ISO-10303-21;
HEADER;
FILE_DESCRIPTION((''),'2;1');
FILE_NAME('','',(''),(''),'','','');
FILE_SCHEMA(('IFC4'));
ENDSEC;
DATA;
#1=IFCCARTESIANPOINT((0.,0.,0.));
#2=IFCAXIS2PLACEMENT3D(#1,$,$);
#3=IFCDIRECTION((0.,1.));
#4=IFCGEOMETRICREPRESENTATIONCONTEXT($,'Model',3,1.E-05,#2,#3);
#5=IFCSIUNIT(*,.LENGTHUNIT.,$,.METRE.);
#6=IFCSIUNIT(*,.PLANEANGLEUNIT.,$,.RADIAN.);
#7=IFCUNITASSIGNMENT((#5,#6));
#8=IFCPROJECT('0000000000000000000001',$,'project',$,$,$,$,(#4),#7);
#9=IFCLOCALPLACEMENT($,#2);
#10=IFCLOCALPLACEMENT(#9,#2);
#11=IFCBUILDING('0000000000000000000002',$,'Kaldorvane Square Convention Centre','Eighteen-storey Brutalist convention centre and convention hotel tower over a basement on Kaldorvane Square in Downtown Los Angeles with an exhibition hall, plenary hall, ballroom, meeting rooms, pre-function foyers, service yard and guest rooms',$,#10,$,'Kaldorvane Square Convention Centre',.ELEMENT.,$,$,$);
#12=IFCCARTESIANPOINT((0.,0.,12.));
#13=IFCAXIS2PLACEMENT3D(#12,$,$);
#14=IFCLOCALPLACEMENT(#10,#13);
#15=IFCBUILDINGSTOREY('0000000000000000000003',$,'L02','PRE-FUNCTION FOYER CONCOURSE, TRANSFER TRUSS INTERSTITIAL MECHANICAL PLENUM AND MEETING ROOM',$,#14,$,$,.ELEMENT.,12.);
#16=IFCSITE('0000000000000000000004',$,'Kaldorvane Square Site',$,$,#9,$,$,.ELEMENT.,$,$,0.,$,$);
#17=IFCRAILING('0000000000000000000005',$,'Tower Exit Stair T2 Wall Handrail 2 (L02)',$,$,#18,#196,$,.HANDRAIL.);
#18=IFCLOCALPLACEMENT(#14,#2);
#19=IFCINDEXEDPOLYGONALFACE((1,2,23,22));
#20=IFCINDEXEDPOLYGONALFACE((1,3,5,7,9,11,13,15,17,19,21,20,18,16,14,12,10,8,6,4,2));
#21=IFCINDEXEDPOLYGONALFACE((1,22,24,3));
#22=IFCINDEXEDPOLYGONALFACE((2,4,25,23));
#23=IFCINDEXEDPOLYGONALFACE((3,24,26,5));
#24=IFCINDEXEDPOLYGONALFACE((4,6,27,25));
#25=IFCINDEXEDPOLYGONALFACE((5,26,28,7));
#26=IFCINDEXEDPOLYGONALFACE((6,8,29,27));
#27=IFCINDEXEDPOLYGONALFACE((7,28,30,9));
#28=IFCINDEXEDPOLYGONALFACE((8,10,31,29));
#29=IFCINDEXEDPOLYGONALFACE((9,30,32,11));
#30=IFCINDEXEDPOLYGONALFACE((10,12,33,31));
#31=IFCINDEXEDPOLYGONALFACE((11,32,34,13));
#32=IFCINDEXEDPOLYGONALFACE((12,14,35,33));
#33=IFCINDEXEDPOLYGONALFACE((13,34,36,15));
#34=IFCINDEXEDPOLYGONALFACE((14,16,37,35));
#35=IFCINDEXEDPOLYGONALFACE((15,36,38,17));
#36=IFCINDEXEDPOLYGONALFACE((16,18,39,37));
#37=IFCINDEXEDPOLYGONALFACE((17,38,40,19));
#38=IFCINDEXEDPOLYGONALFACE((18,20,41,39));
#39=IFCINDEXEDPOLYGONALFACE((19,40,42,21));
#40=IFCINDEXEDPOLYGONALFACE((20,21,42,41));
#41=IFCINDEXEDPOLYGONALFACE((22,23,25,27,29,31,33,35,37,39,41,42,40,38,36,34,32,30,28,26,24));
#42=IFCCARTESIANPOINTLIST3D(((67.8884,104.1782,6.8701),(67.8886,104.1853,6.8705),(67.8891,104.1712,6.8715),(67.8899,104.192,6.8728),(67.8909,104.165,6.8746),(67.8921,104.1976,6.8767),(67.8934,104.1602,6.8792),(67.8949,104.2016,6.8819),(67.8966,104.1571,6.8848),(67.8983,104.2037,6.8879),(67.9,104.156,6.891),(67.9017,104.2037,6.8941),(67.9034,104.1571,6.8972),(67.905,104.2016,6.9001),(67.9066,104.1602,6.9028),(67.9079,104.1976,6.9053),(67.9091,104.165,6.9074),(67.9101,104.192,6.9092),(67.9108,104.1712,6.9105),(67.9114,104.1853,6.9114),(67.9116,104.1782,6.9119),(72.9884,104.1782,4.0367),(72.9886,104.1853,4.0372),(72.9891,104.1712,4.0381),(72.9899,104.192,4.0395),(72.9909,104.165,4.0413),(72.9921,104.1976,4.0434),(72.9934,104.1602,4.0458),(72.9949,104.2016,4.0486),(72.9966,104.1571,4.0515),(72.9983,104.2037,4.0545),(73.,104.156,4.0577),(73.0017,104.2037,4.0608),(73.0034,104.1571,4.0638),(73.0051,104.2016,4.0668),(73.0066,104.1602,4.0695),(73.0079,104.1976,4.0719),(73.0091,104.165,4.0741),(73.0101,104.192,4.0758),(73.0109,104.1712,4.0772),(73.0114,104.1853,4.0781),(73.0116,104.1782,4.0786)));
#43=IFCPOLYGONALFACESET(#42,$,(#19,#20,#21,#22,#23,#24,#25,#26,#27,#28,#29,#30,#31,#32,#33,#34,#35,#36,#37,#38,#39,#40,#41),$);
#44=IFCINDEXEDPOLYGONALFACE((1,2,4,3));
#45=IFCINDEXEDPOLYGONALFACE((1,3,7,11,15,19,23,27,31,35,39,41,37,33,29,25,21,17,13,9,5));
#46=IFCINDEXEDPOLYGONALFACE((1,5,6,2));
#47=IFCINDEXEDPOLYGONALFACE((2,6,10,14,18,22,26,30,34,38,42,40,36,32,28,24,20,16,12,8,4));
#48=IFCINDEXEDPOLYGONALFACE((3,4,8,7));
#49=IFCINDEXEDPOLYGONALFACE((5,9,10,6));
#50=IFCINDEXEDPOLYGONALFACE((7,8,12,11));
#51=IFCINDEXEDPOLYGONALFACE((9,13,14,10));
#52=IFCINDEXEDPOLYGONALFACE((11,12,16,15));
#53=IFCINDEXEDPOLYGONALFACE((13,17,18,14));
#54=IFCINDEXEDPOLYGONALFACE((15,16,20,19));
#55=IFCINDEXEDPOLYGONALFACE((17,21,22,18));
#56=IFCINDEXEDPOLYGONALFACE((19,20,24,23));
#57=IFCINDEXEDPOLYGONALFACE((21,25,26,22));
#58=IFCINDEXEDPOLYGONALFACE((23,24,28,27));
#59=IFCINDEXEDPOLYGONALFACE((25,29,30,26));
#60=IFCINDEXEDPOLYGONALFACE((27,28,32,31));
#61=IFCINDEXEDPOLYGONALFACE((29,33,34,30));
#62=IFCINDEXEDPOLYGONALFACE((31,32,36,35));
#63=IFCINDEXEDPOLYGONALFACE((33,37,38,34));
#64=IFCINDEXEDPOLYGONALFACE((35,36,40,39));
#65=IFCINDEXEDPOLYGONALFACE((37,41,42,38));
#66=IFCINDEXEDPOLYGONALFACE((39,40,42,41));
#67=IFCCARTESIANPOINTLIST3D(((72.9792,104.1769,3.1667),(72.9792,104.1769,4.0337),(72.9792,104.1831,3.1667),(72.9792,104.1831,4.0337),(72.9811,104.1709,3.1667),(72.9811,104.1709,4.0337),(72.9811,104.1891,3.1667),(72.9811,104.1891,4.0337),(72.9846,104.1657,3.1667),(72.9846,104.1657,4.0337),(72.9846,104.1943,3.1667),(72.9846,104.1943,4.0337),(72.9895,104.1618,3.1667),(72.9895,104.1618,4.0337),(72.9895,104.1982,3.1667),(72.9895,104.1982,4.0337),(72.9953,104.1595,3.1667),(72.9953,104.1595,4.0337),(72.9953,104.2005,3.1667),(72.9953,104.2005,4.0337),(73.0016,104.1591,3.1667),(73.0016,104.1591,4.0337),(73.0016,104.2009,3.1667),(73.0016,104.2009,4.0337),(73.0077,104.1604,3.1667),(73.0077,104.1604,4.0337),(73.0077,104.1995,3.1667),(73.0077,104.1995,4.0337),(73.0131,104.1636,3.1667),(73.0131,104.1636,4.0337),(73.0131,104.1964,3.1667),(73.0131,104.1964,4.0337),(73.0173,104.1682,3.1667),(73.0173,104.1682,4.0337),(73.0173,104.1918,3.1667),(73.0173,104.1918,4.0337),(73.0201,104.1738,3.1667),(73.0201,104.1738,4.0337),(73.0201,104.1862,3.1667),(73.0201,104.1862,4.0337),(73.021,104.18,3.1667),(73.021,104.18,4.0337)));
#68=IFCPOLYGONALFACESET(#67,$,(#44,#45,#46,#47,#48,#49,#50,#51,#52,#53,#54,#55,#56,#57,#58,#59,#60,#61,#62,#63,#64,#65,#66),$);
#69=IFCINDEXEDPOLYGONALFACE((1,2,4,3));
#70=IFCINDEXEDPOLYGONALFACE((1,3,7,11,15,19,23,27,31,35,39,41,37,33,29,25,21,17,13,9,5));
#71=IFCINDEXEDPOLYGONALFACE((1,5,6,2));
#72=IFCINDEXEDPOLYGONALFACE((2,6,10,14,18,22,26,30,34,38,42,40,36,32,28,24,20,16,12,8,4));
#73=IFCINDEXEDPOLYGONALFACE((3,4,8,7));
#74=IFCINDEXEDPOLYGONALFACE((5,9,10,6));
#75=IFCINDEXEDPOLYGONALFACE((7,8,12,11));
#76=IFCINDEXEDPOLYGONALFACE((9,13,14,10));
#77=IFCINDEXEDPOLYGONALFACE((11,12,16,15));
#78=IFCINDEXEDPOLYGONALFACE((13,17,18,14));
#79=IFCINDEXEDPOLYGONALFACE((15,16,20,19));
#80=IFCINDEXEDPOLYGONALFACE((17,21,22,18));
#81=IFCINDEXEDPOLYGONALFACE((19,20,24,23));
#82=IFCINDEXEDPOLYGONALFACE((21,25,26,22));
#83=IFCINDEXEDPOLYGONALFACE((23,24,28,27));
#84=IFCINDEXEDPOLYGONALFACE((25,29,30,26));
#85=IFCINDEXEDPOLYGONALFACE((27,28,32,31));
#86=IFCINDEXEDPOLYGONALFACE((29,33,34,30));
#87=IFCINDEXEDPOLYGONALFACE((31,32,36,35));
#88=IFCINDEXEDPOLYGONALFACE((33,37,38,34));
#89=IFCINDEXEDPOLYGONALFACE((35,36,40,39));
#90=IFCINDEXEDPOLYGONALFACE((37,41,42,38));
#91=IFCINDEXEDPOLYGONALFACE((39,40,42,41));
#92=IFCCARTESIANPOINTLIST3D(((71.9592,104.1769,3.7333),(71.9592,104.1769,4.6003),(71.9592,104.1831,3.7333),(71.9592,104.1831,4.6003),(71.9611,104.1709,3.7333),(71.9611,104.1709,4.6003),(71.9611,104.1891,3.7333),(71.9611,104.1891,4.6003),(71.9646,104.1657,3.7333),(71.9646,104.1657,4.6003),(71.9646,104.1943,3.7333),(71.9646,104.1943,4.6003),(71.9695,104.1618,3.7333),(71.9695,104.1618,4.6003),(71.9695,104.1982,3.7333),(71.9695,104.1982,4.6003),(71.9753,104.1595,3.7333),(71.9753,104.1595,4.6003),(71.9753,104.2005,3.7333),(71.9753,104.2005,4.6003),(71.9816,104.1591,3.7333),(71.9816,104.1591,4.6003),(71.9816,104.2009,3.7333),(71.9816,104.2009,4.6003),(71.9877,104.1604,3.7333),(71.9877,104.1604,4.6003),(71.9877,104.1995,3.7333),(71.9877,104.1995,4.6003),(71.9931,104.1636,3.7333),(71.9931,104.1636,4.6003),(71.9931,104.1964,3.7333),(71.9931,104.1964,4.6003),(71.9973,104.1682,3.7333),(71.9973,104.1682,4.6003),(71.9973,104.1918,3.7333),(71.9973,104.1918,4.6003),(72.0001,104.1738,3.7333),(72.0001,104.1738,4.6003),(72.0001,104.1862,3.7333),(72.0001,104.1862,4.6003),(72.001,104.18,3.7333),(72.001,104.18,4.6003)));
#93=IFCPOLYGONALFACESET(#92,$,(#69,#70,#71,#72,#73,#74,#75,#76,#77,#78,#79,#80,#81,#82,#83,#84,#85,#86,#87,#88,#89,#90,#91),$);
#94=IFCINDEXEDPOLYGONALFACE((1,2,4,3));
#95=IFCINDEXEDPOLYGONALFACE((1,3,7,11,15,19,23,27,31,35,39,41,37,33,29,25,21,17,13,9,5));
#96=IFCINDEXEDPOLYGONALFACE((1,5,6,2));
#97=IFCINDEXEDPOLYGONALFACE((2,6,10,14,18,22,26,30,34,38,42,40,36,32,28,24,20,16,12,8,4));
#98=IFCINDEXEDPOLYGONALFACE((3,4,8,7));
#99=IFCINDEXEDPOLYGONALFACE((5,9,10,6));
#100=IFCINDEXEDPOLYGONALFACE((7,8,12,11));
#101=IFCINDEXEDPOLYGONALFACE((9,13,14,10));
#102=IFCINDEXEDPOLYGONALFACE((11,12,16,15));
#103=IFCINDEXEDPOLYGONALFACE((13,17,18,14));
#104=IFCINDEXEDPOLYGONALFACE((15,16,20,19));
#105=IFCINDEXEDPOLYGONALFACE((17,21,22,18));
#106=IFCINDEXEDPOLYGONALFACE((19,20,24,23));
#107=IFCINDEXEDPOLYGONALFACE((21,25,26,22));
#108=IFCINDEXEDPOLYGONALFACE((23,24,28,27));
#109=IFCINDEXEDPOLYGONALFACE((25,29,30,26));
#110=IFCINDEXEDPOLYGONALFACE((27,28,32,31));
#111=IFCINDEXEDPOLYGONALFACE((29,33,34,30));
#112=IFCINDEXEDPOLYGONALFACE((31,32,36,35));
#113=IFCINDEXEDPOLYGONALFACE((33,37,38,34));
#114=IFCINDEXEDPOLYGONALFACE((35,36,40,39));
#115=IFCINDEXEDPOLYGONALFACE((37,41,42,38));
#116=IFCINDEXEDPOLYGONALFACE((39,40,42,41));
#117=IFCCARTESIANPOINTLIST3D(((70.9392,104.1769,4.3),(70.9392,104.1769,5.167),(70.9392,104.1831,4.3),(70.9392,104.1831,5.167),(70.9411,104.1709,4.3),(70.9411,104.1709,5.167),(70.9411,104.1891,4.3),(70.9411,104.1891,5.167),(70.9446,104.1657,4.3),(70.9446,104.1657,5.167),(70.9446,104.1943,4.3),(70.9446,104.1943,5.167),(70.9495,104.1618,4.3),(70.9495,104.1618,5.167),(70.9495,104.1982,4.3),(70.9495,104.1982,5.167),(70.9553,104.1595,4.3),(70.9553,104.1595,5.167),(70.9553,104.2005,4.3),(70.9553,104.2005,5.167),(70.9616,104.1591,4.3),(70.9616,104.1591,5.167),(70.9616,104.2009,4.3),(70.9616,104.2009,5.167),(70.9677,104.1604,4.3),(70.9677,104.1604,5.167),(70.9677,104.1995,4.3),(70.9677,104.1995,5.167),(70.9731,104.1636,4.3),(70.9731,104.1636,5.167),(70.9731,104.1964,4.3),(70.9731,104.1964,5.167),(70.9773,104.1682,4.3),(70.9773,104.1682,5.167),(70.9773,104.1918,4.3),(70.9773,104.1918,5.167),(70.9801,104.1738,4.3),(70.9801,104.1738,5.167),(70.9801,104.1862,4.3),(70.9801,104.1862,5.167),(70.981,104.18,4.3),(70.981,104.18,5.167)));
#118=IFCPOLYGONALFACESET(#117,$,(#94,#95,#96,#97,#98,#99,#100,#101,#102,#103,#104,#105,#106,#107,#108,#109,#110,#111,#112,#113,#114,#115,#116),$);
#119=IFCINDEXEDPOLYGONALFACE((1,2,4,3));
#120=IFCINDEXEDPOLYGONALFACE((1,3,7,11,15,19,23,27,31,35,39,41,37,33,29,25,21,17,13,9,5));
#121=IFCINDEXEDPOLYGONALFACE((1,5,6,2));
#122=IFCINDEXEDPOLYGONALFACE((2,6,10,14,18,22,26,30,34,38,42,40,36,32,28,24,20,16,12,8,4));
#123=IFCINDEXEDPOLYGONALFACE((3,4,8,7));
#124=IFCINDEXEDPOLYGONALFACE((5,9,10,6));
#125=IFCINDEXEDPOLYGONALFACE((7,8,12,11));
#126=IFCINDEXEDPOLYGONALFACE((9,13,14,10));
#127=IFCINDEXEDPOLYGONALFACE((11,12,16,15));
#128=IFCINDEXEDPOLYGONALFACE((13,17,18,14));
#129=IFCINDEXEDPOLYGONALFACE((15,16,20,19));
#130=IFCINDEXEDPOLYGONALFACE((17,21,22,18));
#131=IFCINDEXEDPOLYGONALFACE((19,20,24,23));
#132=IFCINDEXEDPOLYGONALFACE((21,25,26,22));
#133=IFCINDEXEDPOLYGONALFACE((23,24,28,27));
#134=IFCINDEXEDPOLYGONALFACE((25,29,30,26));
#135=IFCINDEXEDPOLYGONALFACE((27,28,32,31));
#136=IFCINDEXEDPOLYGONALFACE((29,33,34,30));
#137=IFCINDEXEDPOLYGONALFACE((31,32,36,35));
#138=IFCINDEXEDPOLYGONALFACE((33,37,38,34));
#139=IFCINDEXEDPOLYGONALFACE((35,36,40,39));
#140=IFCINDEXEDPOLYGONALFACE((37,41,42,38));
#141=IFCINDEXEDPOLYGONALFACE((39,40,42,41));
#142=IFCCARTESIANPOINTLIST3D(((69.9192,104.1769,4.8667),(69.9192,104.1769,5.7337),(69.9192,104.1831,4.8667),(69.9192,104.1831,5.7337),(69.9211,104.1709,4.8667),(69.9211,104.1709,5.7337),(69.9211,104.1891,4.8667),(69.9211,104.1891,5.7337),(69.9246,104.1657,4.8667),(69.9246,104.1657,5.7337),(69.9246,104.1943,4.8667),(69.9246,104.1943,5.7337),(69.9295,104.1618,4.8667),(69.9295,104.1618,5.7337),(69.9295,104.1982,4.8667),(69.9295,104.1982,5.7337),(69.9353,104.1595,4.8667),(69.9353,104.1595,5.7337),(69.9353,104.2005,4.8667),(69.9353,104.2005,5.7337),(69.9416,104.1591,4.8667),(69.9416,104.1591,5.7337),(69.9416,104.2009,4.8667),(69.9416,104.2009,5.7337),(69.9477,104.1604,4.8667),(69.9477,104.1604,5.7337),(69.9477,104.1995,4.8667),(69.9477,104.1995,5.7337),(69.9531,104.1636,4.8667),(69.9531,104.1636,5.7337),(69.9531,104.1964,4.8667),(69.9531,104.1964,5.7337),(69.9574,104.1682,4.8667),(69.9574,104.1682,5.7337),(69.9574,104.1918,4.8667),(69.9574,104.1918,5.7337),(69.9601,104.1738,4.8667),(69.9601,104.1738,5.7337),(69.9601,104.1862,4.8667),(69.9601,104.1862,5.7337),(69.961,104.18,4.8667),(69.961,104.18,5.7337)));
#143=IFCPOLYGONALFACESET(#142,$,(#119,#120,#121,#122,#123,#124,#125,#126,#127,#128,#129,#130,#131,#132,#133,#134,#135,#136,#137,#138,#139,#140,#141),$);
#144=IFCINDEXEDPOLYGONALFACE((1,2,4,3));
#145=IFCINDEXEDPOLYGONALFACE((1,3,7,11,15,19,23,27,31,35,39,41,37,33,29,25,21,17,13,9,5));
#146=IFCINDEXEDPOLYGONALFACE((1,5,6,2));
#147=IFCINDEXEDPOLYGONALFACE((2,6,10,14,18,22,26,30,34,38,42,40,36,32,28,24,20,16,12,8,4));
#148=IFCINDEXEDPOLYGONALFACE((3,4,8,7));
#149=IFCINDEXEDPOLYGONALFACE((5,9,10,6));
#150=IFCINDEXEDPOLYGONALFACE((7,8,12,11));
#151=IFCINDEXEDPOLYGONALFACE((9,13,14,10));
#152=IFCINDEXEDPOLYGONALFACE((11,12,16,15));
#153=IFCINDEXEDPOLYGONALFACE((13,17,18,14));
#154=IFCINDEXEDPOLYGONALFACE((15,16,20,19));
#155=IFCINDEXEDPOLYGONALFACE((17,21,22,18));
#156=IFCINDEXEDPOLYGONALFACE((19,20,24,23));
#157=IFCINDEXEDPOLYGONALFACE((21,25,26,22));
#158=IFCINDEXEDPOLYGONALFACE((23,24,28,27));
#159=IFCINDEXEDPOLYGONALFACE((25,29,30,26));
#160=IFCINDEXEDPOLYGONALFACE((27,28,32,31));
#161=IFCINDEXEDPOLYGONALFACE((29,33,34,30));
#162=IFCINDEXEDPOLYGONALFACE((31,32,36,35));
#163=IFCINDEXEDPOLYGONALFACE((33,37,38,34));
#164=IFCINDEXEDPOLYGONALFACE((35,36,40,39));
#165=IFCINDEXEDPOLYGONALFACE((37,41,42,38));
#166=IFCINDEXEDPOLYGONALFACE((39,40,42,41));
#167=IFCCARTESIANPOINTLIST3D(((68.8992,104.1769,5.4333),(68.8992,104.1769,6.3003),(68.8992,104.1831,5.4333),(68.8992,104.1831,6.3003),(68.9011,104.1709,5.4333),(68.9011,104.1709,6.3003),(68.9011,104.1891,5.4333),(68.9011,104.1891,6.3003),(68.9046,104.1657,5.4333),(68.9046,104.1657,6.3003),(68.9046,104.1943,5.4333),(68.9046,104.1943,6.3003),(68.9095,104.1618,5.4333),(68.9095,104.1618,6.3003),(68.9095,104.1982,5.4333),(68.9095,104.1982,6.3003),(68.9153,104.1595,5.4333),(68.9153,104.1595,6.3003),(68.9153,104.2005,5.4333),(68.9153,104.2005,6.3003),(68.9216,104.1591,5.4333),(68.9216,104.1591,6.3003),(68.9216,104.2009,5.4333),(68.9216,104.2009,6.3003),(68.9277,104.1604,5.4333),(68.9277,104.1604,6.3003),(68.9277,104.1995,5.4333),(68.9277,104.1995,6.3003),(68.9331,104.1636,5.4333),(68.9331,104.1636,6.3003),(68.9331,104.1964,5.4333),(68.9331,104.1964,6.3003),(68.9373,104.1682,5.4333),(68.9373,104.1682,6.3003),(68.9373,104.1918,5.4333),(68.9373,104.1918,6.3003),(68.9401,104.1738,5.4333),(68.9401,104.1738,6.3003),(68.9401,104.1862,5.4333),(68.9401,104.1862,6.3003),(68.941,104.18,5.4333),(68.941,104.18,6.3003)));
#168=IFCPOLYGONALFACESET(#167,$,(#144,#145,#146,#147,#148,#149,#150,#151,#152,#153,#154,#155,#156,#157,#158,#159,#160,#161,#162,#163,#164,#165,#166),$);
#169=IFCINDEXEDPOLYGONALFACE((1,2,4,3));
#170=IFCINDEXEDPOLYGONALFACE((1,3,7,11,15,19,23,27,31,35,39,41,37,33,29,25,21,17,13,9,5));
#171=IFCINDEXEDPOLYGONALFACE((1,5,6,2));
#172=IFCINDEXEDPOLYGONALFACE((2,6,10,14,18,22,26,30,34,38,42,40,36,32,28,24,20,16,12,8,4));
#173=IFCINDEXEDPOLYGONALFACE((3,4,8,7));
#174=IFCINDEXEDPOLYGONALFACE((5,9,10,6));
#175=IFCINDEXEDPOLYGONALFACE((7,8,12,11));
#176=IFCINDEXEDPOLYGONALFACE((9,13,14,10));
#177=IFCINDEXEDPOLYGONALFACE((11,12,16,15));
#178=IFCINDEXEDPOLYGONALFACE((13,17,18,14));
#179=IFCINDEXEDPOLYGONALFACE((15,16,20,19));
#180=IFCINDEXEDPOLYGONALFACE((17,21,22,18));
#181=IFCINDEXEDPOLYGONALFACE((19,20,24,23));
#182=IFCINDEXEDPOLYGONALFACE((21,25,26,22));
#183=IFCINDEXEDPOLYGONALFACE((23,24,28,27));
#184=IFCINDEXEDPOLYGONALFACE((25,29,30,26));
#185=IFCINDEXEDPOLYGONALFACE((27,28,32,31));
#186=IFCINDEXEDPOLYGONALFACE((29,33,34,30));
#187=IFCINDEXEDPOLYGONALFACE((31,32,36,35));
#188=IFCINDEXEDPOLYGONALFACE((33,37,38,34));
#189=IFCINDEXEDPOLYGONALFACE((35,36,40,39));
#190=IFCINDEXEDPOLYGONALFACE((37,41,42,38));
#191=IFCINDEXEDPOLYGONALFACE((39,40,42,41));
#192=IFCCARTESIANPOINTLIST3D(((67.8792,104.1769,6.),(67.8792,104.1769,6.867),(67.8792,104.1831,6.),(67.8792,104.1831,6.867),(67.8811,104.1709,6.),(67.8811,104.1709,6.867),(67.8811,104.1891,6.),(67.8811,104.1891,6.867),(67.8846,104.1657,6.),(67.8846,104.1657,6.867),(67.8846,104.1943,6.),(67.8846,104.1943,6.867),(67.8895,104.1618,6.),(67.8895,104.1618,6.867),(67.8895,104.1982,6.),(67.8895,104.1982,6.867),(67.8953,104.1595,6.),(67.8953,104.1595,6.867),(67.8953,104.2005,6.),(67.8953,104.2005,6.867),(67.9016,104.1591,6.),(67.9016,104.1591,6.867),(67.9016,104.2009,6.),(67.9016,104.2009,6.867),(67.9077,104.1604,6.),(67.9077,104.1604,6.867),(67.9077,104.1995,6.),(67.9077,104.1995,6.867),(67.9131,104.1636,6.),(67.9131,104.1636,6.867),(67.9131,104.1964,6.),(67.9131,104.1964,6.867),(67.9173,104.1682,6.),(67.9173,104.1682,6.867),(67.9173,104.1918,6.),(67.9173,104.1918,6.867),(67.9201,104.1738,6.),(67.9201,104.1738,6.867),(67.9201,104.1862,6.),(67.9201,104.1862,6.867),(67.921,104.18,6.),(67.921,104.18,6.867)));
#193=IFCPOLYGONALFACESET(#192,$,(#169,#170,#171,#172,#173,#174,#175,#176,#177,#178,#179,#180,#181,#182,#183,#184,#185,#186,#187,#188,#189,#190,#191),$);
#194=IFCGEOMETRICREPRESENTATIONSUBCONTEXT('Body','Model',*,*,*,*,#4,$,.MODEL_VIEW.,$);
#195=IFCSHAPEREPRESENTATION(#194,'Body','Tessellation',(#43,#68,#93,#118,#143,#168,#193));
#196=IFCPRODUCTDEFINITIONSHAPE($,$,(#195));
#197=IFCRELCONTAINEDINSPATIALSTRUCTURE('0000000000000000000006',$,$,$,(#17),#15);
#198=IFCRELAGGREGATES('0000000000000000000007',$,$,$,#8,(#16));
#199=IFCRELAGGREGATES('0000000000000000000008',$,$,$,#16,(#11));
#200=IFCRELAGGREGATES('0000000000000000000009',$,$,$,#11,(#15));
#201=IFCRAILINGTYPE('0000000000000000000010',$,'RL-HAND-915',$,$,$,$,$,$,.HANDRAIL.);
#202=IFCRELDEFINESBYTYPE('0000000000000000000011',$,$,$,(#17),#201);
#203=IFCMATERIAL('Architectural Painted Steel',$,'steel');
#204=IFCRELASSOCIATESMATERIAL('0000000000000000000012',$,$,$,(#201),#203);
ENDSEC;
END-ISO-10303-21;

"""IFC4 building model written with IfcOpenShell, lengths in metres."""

from ifc_helpers import new_model, si_unit, direction, frame, origin, origin_2d, place, context, subcontext, project, spatial, circle, extrude, material, type_object, element, save


model = new_model("IFC4")

# Units and contexts
model_context = context("Model", 3, precision=1e-05, world=origin(), true_north=direction((0.0, 1.0)))
body_context = subcontext(model_context, "Body", "Model", "MODEL_VIEW")
ifc_project = project(units=[si_unit("LENGTHUNIT", "METRE"), si_unit("PLANEANGLEUNIT", "RADIAN")], contexts=[model_context])

# Site, building, storey
site_placement = place(None, origin())
site = spatial("IfcSite", under=ifc_project, at=site_placement, Name="Kaldorvane Square Site", CompositionType="ELEMENT", RefElevation=0.0)
building_placement = place(site_placement, origin())
building = spatial("IfcBuilding", under=site, at=building_placement, Name="Kaldorvane Square Convention Centre", Description="Eighteen-storey Brutalist convention centre and convention hotel tower over a basement on Kaldorvane Square in Downtown Los Angeles with an exhibition hall, plenary hall, ballroom, meeting rooms, pre-function foyers, service yard and guest rooms", LongName="Kaldorvane Square Convention Centre", CompositionType="ELEMENT")
storey_placement = place(building_placement, frame((0.0, 0.0, 12.0)))
storey = spatial("IfcBuildingStorey", under=building, at=storey_placement, Name="L02", Description="PRE-FUNCTION FOYER CONCOURSE, TRANSFER TRUSS INTERSTITIAL MECHANICAL PLENUM AND MEETING ROOM", CompositionType="ELEMENT", Elevation=12.0)

# Railing
ifc_material_1 = material(Name="Architectural Painted Steel", Category="steel")
railing_type_1 = type_object("IfcRailingType", Name="RL-HAND-915", PredefinedType="HANDRAIL", material=ifc_material_1)
railing_1_placement = place(storey_placement, frame((73.0, 104.18, 3.1667)))
element("IfcRailing", 1, at=railing_1_placement, inside=storey, type_object=railing_type_1, Name="Tower Exit Stair T2 Wall Handrail 2 (L02)", PredefinedType="HANDRAIL", context=body_context, shape_type="SweptSolid", body=[
    extrude(circle(Radius=0.024, at=origin_2d()), frame((0.0, 0.0, 0.891), z_axis=(-0.874158, 0.0, 0.485642), x_axis=(0.0, -1.0, 0.0)), (0.0, 0.0, 1.0), 5.8342),
    extrude(circle(Radius=0.021, at=origin_2d()), origin(), (0.0, 0.0, 1.0), 0.867),
    extrude(circle(Radius=0.021, at=origin_2d()), frame((-1.02, 0.0, 0.5667)), (0.0, 0.0, 1.0), 0.867),
    extrude(circle(Radius=0.021, at=origin_2d()), frame((-2.04, 0.0, 1.1333)), (0.0, 0.0, 1.0), 0.867),
    extrude(circle(Radius=0.021, at=origin_2d()), frame((-3.06, 0.0, 1.7)), (0.0, 0.0, 1.0), 0.867),
    extrude(circle(Radius=0.021, at=origin_2d()), frame((-4.08, 0.0, 2.2667)), (0.0, 0.0, 1.0), 0.867),
    extrude(circle(Radius=0.021, at=origin_2d()), frame((-5.1, 0.0, 2.8333)), (0.0, 0.0, 1.0), 0.867),
])

save(model, "model.ifc")
